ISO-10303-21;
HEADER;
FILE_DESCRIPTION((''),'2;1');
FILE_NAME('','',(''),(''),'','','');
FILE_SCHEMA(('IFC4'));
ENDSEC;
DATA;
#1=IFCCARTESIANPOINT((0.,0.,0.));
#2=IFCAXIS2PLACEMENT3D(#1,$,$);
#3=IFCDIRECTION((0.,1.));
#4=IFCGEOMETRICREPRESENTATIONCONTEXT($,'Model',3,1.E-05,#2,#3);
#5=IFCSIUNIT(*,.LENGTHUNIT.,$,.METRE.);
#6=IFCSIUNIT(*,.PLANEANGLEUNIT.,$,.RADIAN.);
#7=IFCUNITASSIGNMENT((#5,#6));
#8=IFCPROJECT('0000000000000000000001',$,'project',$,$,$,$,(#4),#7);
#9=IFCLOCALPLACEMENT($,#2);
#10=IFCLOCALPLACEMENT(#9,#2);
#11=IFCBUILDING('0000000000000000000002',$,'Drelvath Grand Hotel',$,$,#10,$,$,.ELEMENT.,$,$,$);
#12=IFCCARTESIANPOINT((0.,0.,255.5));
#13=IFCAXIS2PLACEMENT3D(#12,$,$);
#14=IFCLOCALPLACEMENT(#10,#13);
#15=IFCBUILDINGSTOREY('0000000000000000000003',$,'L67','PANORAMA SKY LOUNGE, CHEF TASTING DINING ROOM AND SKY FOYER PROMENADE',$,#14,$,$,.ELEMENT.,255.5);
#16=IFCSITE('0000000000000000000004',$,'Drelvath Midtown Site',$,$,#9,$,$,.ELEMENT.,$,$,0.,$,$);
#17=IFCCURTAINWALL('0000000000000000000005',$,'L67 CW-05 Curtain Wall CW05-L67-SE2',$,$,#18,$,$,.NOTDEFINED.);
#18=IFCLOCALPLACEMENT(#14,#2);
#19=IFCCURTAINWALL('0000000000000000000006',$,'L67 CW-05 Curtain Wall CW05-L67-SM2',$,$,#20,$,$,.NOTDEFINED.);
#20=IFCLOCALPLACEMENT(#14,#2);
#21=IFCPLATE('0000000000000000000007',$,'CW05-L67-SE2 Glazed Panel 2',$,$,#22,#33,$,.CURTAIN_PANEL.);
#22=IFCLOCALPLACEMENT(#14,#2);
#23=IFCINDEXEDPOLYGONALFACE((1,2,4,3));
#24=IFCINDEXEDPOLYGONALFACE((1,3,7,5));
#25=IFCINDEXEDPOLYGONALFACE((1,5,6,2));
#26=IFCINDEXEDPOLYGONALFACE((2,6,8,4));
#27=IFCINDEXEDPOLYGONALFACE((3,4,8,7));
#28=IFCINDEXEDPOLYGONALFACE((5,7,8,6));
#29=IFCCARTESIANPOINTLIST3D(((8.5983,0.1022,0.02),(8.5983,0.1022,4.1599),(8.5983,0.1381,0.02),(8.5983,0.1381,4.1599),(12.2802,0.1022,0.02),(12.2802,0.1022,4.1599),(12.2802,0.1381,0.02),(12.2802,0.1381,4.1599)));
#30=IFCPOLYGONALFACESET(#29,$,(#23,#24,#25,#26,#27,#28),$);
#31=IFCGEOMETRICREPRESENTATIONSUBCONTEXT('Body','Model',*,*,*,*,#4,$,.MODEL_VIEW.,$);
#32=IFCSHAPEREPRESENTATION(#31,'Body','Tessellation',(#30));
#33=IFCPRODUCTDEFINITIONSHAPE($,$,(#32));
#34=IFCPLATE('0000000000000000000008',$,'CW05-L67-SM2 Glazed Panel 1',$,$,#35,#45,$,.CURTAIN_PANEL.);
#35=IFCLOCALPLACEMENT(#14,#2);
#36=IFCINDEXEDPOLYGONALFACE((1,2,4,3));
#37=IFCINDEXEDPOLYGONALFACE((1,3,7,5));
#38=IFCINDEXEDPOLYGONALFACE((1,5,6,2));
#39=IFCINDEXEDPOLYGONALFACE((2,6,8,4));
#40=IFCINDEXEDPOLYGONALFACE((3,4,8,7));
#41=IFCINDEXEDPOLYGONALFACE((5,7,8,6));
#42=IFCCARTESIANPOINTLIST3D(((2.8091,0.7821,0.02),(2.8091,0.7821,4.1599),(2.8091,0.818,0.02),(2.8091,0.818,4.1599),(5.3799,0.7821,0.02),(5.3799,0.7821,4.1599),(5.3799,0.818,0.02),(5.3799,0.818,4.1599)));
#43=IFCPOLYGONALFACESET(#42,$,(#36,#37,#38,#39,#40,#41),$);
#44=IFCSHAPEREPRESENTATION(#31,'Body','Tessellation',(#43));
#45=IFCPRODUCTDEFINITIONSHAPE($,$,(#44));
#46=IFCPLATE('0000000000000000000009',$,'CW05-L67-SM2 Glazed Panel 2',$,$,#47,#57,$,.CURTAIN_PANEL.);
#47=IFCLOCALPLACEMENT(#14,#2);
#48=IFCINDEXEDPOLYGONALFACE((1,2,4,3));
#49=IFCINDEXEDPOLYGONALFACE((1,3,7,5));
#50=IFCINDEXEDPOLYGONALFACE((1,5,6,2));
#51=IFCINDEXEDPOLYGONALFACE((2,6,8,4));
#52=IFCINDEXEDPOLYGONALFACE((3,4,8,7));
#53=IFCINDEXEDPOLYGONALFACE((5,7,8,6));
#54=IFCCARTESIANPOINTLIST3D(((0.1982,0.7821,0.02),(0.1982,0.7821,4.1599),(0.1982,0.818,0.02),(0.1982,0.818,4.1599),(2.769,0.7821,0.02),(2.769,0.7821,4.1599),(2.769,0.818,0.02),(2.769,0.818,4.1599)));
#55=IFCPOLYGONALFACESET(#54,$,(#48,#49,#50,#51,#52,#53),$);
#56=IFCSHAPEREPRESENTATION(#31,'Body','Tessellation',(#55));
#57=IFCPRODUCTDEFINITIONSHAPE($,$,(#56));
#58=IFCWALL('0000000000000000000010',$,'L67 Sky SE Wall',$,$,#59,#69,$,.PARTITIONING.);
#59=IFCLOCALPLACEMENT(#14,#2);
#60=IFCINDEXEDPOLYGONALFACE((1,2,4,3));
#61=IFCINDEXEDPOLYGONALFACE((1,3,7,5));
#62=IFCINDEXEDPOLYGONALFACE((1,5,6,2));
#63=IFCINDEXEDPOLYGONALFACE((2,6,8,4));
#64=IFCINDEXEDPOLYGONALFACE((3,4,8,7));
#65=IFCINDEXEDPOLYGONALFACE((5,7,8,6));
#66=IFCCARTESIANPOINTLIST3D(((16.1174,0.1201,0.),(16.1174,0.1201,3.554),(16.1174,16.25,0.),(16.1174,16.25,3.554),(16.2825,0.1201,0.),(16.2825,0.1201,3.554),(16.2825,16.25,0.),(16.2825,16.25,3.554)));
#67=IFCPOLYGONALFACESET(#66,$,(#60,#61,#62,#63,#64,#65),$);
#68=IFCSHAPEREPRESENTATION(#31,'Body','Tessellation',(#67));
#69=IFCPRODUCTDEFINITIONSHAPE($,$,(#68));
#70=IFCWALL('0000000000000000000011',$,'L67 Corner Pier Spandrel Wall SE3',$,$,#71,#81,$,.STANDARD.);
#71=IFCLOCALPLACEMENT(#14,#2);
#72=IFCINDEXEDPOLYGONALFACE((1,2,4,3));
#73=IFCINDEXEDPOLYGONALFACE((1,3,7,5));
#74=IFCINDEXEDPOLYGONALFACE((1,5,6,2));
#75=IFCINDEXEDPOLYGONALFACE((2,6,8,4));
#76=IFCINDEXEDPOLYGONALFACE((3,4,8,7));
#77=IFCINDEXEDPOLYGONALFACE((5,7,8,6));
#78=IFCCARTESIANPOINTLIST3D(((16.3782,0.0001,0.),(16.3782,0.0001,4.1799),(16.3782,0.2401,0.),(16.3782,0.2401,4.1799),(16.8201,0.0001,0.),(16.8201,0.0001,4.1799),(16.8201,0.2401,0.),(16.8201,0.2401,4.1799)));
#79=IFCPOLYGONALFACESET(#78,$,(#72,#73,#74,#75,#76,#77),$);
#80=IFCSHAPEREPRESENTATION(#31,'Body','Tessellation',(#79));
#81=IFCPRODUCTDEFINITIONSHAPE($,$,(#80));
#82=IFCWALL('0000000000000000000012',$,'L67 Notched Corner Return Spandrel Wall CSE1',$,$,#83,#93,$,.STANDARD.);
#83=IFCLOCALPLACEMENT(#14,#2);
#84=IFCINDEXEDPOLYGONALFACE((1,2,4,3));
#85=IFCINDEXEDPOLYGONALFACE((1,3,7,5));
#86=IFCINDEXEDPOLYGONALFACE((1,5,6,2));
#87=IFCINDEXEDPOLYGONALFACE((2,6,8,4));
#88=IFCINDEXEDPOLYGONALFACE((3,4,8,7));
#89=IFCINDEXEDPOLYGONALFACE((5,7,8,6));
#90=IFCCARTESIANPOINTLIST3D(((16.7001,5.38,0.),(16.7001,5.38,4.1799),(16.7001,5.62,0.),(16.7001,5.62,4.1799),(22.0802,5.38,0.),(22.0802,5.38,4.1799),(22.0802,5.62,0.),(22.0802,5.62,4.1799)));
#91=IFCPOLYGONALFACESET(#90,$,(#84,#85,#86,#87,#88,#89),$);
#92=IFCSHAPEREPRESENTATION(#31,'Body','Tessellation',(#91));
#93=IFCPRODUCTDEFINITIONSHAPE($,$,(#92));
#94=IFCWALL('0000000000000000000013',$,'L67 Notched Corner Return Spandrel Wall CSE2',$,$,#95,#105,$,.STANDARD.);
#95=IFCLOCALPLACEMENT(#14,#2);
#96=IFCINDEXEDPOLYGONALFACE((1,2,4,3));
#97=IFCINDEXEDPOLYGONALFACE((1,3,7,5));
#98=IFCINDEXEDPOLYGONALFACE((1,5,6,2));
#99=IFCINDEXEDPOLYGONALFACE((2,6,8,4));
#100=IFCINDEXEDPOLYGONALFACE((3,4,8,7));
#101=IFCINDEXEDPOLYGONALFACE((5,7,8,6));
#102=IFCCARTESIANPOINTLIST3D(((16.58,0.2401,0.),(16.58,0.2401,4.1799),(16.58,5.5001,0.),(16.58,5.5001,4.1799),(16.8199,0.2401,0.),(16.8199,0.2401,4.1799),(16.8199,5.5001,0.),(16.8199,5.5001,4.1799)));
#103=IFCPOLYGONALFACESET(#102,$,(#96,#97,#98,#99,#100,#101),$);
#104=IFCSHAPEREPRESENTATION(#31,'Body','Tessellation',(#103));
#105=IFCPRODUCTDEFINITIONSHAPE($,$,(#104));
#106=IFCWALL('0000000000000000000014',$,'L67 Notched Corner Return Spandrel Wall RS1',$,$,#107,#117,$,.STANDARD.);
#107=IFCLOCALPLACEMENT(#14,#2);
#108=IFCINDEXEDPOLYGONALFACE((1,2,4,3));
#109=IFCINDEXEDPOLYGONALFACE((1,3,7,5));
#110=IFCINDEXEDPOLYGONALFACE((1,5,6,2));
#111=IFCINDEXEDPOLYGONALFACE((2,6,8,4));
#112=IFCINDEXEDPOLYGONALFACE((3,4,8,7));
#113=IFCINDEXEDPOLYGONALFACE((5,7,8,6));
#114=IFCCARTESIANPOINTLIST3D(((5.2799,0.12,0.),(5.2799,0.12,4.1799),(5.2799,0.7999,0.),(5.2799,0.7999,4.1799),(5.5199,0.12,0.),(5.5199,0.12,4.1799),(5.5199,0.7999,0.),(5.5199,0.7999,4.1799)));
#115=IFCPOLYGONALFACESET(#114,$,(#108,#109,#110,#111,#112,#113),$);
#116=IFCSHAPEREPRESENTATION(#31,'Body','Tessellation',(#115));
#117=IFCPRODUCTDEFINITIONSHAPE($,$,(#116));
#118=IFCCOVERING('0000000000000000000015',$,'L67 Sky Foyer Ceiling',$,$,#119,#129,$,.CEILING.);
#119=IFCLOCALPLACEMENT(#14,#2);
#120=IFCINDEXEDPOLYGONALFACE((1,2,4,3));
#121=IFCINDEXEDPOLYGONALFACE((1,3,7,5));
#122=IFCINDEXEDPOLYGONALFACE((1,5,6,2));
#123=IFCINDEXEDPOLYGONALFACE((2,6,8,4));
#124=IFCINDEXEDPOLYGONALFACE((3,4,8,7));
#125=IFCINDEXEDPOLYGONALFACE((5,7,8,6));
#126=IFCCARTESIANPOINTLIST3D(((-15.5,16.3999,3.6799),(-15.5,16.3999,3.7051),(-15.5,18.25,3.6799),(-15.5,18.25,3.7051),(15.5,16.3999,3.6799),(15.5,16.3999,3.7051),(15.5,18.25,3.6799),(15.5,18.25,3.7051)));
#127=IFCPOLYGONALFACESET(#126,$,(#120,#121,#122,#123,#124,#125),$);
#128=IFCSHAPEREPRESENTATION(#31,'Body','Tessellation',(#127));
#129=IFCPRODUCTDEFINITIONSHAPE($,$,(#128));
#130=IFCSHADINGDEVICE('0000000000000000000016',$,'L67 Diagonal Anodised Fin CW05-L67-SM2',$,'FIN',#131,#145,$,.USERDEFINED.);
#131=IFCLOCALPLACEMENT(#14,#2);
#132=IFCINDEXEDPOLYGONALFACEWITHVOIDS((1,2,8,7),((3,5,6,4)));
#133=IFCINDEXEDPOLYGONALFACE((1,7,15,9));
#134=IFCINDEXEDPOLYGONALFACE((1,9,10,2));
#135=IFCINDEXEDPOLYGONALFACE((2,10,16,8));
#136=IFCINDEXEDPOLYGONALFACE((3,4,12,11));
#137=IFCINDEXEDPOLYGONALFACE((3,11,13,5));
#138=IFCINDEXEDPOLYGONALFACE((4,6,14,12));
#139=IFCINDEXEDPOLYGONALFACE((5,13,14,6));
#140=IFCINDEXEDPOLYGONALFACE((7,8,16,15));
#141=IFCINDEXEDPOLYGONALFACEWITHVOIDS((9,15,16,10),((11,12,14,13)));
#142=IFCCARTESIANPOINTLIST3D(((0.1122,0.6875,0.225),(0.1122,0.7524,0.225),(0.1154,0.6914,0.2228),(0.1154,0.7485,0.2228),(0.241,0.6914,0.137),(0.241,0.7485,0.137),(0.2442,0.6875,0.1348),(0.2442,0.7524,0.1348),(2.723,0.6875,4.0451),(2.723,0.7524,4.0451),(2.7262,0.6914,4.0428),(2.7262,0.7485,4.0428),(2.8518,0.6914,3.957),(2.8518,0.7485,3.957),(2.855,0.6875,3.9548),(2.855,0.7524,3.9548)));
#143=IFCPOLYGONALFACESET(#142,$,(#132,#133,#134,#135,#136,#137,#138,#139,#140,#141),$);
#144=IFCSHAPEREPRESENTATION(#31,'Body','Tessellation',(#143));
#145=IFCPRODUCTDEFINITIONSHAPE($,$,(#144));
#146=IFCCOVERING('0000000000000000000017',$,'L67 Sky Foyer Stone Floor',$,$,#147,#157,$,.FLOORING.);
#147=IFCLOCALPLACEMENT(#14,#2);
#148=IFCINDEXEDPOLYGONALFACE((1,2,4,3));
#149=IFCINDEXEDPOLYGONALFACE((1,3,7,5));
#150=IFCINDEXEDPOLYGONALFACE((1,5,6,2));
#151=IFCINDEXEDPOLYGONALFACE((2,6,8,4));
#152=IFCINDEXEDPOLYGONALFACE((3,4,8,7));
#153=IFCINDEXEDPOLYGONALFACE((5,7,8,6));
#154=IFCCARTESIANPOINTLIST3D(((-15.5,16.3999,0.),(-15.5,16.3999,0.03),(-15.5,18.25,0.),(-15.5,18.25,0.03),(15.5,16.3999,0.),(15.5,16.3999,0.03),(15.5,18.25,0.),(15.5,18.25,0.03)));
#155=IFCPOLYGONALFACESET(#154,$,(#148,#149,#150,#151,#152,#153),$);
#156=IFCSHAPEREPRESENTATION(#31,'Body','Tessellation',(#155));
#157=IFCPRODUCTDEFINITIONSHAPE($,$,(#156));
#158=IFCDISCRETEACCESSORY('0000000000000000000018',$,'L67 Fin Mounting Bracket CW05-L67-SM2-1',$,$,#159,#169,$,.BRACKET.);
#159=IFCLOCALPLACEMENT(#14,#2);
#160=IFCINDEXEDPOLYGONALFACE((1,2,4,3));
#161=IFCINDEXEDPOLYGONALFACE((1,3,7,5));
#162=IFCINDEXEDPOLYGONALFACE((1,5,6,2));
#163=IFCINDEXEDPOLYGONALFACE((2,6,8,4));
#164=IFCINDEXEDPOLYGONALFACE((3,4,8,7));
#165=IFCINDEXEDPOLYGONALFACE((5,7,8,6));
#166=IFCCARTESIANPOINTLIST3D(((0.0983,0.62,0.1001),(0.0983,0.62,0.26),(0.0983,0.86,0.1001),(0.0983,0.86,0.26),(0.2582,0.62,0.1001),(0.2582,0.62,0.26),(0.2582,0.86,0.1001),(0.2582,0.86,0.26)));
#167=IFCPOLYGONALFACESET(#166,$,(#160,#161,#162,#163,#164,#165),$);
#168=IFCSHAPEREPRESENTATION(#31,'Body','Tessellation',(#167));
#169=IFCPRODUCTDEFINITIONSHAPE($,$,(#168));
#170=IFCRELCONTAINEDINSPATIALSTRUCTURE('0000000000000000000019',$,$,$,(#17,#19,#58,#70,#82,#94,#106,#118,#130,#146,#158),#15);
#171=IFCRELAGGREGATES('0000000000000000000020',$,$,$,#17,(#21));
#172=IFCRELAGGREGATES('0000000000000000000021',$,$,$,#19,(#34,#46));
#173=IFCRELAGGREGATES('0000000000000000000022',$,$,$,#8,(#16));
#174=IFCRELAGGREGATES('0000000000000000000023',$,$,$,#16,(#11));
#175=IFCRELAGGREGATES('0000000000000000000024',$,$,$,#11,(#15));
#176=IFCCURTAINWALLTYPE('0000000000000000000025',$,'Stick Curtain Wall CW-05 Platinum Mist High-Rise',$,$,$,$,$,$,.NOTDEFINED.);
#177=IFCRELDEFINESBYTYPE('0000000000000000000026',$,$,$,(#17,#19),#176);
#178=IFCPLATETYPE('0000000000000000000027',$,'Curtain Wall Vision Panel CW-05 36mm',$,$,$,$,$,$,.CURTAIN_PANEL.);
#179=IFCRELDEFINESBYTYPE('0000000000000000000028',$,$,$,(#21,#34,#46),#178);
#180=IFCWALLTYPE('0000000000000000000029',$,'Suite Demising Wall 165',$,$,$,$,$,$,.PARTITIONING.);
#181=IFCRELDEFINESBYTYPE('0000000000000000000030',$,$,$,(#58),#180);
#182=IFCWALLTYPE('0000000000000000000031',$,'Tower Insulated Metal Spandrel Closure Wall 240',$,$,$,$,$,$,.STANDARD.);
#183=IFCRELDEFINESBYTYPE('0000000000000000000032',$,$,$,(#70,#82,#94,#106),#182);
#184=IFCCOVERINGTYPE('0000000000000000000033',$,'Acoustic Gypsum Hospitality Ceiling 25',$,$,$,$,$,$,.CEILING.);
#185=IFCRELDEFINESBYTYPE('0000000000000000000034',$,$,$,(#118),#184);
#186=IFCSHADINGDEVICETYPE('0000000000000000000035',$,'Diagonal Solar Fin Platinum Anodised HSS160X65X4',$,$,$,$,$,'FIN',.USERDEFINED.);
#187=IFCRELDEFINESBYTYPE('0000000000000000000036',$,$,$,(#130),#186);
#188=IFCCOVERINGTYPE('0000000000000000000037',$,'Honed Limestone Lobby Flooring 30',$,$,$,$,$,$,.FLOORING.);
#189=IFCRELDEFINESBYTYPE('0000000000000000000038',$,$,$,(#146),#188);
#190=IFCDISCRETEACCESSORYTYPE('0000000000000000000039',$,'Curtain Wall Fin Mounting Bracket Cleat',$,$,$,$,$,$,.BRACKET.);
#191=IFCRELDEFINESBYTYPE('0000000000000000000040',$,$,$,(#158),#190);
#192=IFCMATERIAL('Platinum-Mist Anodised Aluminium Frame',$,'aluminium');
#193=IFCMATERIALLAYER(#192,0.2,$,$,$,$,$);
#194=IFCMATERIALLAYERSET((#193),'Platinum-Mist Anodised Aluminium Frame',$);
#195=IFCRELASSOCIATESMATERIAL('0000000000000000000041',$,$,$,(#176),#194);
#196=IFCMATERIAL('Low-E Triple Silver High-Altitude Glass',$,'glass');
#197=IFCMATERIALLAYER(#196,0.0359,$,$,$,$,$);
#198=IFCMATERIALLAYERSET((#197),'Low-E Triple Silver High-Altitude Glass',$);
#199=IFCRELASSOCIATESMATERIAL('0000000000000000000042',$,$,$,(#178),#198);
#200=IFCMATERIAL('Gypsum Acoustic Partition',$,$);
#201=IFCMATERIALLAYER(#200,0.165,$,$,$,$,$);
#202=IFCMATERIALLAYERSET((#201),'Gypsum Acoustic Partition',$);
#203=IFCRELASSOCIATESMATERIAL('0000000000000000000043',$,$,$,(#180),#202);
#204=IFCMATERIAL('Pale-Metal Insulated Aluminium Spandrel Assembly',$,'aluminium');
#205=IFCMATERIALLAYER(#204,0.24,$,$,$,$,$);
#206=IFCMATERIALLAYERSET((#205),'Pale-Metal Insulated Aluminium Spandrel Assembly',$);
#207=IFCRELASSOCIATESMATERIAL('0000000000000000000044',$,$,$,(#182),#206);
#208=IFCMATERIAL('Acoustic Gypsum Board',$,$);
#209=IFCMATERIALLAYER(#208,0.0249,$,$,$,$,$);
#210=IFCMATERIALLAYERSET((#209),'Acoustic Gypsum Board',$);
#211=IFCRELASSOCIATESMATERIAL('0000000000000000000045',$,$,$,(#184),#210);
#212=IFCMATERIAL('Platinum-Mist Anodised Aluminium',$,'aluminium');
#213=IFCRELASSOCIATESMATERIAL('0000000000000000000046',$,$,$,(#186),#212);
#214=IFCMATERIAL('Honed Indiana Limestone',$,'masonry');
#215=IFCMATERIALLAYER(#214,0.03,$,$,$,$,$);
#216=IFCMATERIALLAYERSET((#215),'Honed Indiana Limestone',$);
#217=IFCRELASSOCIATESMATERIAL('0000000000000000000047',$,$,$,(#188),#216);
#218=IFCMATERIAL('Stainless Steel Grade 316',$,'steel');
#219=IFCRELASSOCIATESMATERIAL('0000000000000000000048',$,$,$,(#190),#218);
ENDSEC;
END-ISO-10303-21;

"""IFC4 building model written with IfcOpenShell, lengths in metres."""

from ifc_helpers import new_model, si_unit, direction, frame, frame_2d, origin, origin_2d, place, context, subcontext, project, spatial, polyline, rectangle, hollow_rectangle, outline, extrude, material, layer, layer_set, material_profile, profile_set, type_object, element, aggregate, save


model = new_model("IFC4")

# Units and contexts
model_context = context("Model", 3, precision=1e-05, world=origin(), true_north=direction((0.0, 1.0)))
body_context = subcontext(model_context, "Body", "Model", "MODEL_VIEW")
ifc_project = project(units=[si_unit("LENGTHUNIT", "METRE"), si_unit("PLANEANGLEUNIT", "RADIAN")], contexts=[model_context])

# Site, building, storey
site_placement = place(None, origin())
site = spatial("IfcSite", under=ifc_project, at=site_placement, Name="Drelvath Midtown Site", CompositionType="ELEMENT", RefElevation=0.0)
building_placement = place(site_placement, origin())
building = spatial("IfcBuilding", under=site, at=building_placement, Name="Drelvath Grand Hotel", CompositionType="ELEMENT")
storey_placement = place(building_placement, frame((0.0, 0.0, 255.5)))
storey = spatial("IfcBuildingStorey", under=building, at=storey_placement, Name="L67", Description="PANORAMA SKY LOUNGE, CHEF TASTING DINING ROOM AND SKY FOYER PROMENADE", CompositionType="ELEMENT", Elevation=255.5)

# Curtain walls
ifc_material_1 = material(Name="Platinum-Mist Anodised Aluminium Frame", Category="aluminium")
ifc_layer_1 = layer(ifc_material_1, 0.2)
ifc_layer_set_1 = layer_set([ifc_layer_1], Name="Platinum-Mist Anodised Aluminium Frame")
curtain_wall_type = type_object("IfcCurtainWallType", Name="Stick Curtain Wall CW-05 Platinum Mist High-Rise", PredefinedType="NOTDEFINED", material=ifc_layer_set_1)
curtain_wall_1_placement = place(storey_placement, origin())
curtain_wall_1 = element("IfcCurtainWall", 1, at=curtain_wall_1_placement, inside=storey, type_object=curtain_wall_type, Name="L67 CW-05 Curtain Wall CW05-L67-SE2", PredefinedType="NOTDEFINED")
curtain_wall_2_placement = place(storey_placement, origin())
curtain_wall_2 = element("IfcCurtainWall", 2, at=curtain_wall_2_placement, inside=storey, type_object=curtain_wall_type, Name="L67 CW-05 Curtain Wall CW05-L67-SM2", PredefinedType="NOTDEFINED")

# Plates
ifc_material_2 = material(Name="Low-E Triple Silver High-Altitude Glass", Category="glass")
ifc_layer_2 = layer(ifc_material_2, 0.0359)
ifc_layer_set_2 = layer_set([ifc_layer_2], Name="Low-E Triple Silver High-Altitude Glass")
plate_type = type_object("IfcPlateType", Name="Curtain Wall Vision Panel CW-05 36mm", PredefinedType="CURTAIN_PANEL", material=ifc_layer_set_2)
plate_1_placement = place(storey_placement, frame((10.4392, 0.1201, 0.02), z_axis=(0.0, 0.0, 1.0), x_axis=(-1.0, 0.0, 0.0)))
plate_1 = element("IfcPlate", 3, at=plate_1_placement, type_object=plate_type, Name="CW05-L67-SE2 Glazed Panel 2", PredefinedType="CURTAIN_PANEL", context=body_context, shape_type="SweptSolid", body=[
    extrude(rectangle(XDim=3.6819, YDim=0.0359, at=origin_2d()), origin(), (0.0, 0.0, 1.0), 4.1399),
])
aggregate(curtain_wall_1, [plate_1])
plate_2_placement = place(storey_placement, frame((4.0945, 0.8, 0.02), z_axis=(0.0, 0.0, 1.0), x_axis=(-1.0, 0.0, 0.0)))
plate_2 = element("IfcPlate", 4, at=plate_2_placement, type_object=plate_type, Name="CW05-L67-SM2 Glazed Panel 1", PredefinedType="CURTAIN_PANEL", context=body_context, shape_type="SweptSolid", body=[
    extrude(rectangle(XDim=2.5708, YDim=0.0359, at=origin_2d()), origin(), (0.0, 0.0, 1.0), 4.1399),
])
plate_3_placement = place(storey_placement, frame((1.4836, 0.8, 0.02), z_axis=(0.0, 0.0, 1.0), x_axis=(-1.0, 0.0, 0.0)))
plate_3 = element("IfcPlate", 5, at=plate_3_placement, type_object=plate_type, Name="CW05-L67-SM2 Glazed Panel 2", PredefinedType="CURTAIN_PANEL", context=body_context, shape_type="SweptSolid", body=[
    extrude(rectangle(XDim=2.5708, YDim=0.0359, at=origin_2d()), origin(), (0.0, 0.0, 1.0), 4.1399),
])
aggregate(curtain_wall_2, [plate_2, plate_3])

# Walls
ifc_material_3 = material(Name="Gypsum Acoustic Partition")
ifc_layer_3 = layer(ifc_material_3, 0.165)
ifc_layer_set_3 = layer_set([ifc_layer_3], Name="Gypsum Acoustic Partition")
wall_type_1 = type_object("IfcWallType", Name="Suite Demising Wall 165", PredefinedType="PARTITIONING", material=ifc_layer_set_3)
wall_1_placement = place(storey_placement, frame((16.2, 0.1201, 0.0), z_axis=(0.0, 0.0, 1.0), x_axis=(0.0, 1.0, 0.0)))
element("IfcWall", 6, at=wall_1_placement, inside=storey, type_object=wall_type_1, Name="L67 Sky SE Wall", PredefinedType="PARTITIONING", context=body_context, shape_type="SweptSolid", body=[
    extrude(rectangle(XDim=16.1299, YDim=0.165, at=frame_2d((8.0649, 0.0))), origin(), (0.0, 0.0, 1.0), 3.554),
])
ifc_material_4 = material(Name="Pale-Metal Insulated Aluminium Spandrel Assembly", Category="aluminium")
ifc_layer_4 = layer(ifc_material_4, 0.24)
ifc_layer_set_4 = layer_set([ifc_layer_4], Name="Pale-Metal Insulated Aluminium Spandrel Assembly")
wall_type_2 = type_object("IfcWallType", Name="Tower Insulated Metal Spandrel Closure Wall 240", PredefinedType="STANDARD", material=ifc_layer_set_4)
wall_2_placement = place(storey_placement, frame((16.8201, 0.1201, 0.0), z_axis=(0.0, 0.0, 1.0), x_axis=(-1.0, 0.0, 0.0)))
element("IfcWall", 7, at=wall_2_placement, inside=storey, type_object=wall_type_2, Name="L67 Corner Pier Spandrel Wall SE3", PredefinedType="STANDARD", context=body_context, shape_type="SweptSolid", body=[
    extrude(rectangle(XDim=0.4419, YDim=0.24, at=frame_2d((0.2209, 0.0))), origin(), (0.0, 0.0, 1.0), 4.1799),
])
wall_3_placement = place(storey_placement, frame((22.0801, 5.5, 0.0), z_axis=(0.0, 0.0, 1.0), x_axis=(-1.0, 0.0, 0.0)))
element("IfcWall", 8, at=wall_3_placement, inside=storey, type_object=wall_type_2, Name="L67 Notched Corner Return Spandrel Wall CSE1", PredefinedType="STANDARD", context=body_context, shape_type="SweptSolid", body=[
    extrude(rectangle(XDim=5.3801, YDim=0.24, at=frame_2d((2.6899, 0.0))), origin(), (0.0, 0.0, 1.0), 4.1799),
])
wall_4_placement = place(storey_placement, frame((16.7, 5.5, 0.0), z_axis=(0.0, 0.0, 1.0), x_axis=(0.0, -1.0, 0.0)))
element("IfcWall", 9, at=wall_4_placement, inside=storey, type_object=wall_type_2, Name="L67 Notched Corner Return Spandrel Wall CSE2", PredefinedType="STANDARD", context=body_context, shape_type="SweptSolid", body=[
    extrude(rectangle(XDim=5.26, YDim=0.24, at=frame_2d((2.6299, 0.0))), origin(), (0.0, 0.0, 1.0), 4.1799),
])
wall_5_placement = place(storey_placement, frame((5.3999, 0.1201, 0.0), z_axis=(0.0, 0.0, 1.0), x_axis=(0.0, 1.0, 0.0)))
element("IfcWall", 10, at=wall_5_placement, inside=storey, type_object=wall_type_2, Name="L67 Notched Corner Return Spandrel Wall RS1", PredefinedType="STANDARD", context=body_context, shape_type="SweptSolid", body=[
    extrude(rectangle(XDim=0.6799, YDim=0.24, at=frame_2d((0.3398, 0.0))), origin(), (0.0, 0.0, 1.0), 4.1799),
])

# Covering
ifc_material_5 = material(Name="Acoustic Gypsum Board")
ifc_layer_5 = layer(ifc_material_5, 0.0249)
ifc_layer_set_5 = layer_set([ifc_layer_5], Name="Acoustic Gypsum Board")
covering_type_1 = type_object("IfcCoveringType", Name="Acoustic Gypsum Hospitality Ceiling 25", PredefinedType="CEILING", material=ifc_layer_set_5)
covering_1_placement = place(storey_placement, frame((0.0, 0.0, 3.6799)))
element("IfcCovering", 11, at=covering_1_placement, inside=storey, type_object=covering_type_1, Name="L67 Sky Foyer Ceiling", PredefinedType="CEILING", context=body_context, shape_type="SweptSolid", body=[
    extrude(outline(polyline([(15.5, 16.3999), (15.5, 18.25), (-15.5, 18.25), (-15.5, 16.3999), (15.5, 16.3999)])), origin(), (0.0, 0.0, 1.0), 0.0251),
])

# Shading device
ifc_material_6 = material(Name="Platinum-Mist Anodised Aluminium", Category="aluminium")
ifc_material_profile_1 = material_profile(ifc_material_6, hollow_rectangle(XDim=0.0649, YDim=0.1599, WallThickness=0.0039, at=origin_2d()), Name="HSS160X65X4")
ifc_profile_set_1 = profile_set([ifc_material_profile_1], Name="Platinum-Mist Anodised Aluminium")
shading_device_type = type_object("IfcShadingDeviceType", Name="Diagonal Solar Fin Platinum Anodised HSS160X65X4", ElementType="FIN", PredefinedType="USERDEFINED", material=ifc_profile_set_1)
shading_device_placement = place(storey_placement, frame((0.1782, 0.72, 0.1799), z_axis=(0.564258, 0.0, 0.825598), x_axis=(0.0, 1.0, 0.0)))
element("IfcShadingDevice", 12, at=shading_device_placement, inside=storey, type_object=shading_device_type, Name="L67 Diagonal Anodised Fin CW05-L67-SM2", ObjectType="FIN", PredefinedType="USERDEFINED", context=body_context, shape_type="SweptSolid", body=[
    extrude(hollow_rectangle(XDim=0.0649, YDim=0.1599, WallThickness=0.0039, at=origin_2d()), origin(), (0.0, 0.0, 1.0), 4.627),
])

# Covering
ifc_material_7 = material(Name="Honed Indiana Limestone", Category="masonry")
ifc_layer_6 = layer(ifc_material_7, 0.03)
ifc_layer_set_6 = layer_set([ifc_layer_6], Name="Honed Indiana Limestone")
covering_type_2 = type_object("IfcCoveringType", Name="Honed Limestone Lobby Flooring 30", PredefinedType="FLOORING", material=ifc_layer_set_6)
covering_2_placement = place(storey_placement, origin())
element("IfcCovering", 13, at=covering_2_placement, inside=storey, type_object=covering_type_2, Name="L67 Sky Foyer Stone Floor", PredefinedType="FLOORING", context=body_context, shape_type="SweptSolid", body=[
    extrude(outline(polyline([(15.5, 16.3999), (15.5, 18.25), (-15.5, 18.25), (-15.5, 16.3999), (15.5, 16.3999)])), origin(), (0.0, 0.0, 1.0), 0.03),
])

# Discrete accessory
ifc_material_8 = material(Name="Stainless Steel Grade 316", Category="steel")
discrete_accessory_type = type_object("IfcDiscreteAccessoryType", Name="Curtain Wall Fin Mounting Bracket Cleat", PredefinedType="BRACKET", material=ifc_material_8)
discrete_accessory_placement = place(storey_placement, frame((0.1782, 0.74, 0.1001), z_axis=(0.0, 0.0, 1.0), x_axis=(-1.0, 0.0, 0.0)))
element("IfcDiscreteAccessory", 14, at=discrete_accessory_placement, inside=storey, type_object=discrete_accessory_type, Name="L67 Fin Mounting Bracket CW05-L67-SM2-1", PredefinedType="BRACKET", context=body_context, shape_type="SweptSolid", body=[
    extrude(rectangle(XDim=0.1599, YDim=0.24, at=origin_2d()), origin(), (0.0, 0.0, 1.0), 0.1599),
])

save(model, "model.ifc")
